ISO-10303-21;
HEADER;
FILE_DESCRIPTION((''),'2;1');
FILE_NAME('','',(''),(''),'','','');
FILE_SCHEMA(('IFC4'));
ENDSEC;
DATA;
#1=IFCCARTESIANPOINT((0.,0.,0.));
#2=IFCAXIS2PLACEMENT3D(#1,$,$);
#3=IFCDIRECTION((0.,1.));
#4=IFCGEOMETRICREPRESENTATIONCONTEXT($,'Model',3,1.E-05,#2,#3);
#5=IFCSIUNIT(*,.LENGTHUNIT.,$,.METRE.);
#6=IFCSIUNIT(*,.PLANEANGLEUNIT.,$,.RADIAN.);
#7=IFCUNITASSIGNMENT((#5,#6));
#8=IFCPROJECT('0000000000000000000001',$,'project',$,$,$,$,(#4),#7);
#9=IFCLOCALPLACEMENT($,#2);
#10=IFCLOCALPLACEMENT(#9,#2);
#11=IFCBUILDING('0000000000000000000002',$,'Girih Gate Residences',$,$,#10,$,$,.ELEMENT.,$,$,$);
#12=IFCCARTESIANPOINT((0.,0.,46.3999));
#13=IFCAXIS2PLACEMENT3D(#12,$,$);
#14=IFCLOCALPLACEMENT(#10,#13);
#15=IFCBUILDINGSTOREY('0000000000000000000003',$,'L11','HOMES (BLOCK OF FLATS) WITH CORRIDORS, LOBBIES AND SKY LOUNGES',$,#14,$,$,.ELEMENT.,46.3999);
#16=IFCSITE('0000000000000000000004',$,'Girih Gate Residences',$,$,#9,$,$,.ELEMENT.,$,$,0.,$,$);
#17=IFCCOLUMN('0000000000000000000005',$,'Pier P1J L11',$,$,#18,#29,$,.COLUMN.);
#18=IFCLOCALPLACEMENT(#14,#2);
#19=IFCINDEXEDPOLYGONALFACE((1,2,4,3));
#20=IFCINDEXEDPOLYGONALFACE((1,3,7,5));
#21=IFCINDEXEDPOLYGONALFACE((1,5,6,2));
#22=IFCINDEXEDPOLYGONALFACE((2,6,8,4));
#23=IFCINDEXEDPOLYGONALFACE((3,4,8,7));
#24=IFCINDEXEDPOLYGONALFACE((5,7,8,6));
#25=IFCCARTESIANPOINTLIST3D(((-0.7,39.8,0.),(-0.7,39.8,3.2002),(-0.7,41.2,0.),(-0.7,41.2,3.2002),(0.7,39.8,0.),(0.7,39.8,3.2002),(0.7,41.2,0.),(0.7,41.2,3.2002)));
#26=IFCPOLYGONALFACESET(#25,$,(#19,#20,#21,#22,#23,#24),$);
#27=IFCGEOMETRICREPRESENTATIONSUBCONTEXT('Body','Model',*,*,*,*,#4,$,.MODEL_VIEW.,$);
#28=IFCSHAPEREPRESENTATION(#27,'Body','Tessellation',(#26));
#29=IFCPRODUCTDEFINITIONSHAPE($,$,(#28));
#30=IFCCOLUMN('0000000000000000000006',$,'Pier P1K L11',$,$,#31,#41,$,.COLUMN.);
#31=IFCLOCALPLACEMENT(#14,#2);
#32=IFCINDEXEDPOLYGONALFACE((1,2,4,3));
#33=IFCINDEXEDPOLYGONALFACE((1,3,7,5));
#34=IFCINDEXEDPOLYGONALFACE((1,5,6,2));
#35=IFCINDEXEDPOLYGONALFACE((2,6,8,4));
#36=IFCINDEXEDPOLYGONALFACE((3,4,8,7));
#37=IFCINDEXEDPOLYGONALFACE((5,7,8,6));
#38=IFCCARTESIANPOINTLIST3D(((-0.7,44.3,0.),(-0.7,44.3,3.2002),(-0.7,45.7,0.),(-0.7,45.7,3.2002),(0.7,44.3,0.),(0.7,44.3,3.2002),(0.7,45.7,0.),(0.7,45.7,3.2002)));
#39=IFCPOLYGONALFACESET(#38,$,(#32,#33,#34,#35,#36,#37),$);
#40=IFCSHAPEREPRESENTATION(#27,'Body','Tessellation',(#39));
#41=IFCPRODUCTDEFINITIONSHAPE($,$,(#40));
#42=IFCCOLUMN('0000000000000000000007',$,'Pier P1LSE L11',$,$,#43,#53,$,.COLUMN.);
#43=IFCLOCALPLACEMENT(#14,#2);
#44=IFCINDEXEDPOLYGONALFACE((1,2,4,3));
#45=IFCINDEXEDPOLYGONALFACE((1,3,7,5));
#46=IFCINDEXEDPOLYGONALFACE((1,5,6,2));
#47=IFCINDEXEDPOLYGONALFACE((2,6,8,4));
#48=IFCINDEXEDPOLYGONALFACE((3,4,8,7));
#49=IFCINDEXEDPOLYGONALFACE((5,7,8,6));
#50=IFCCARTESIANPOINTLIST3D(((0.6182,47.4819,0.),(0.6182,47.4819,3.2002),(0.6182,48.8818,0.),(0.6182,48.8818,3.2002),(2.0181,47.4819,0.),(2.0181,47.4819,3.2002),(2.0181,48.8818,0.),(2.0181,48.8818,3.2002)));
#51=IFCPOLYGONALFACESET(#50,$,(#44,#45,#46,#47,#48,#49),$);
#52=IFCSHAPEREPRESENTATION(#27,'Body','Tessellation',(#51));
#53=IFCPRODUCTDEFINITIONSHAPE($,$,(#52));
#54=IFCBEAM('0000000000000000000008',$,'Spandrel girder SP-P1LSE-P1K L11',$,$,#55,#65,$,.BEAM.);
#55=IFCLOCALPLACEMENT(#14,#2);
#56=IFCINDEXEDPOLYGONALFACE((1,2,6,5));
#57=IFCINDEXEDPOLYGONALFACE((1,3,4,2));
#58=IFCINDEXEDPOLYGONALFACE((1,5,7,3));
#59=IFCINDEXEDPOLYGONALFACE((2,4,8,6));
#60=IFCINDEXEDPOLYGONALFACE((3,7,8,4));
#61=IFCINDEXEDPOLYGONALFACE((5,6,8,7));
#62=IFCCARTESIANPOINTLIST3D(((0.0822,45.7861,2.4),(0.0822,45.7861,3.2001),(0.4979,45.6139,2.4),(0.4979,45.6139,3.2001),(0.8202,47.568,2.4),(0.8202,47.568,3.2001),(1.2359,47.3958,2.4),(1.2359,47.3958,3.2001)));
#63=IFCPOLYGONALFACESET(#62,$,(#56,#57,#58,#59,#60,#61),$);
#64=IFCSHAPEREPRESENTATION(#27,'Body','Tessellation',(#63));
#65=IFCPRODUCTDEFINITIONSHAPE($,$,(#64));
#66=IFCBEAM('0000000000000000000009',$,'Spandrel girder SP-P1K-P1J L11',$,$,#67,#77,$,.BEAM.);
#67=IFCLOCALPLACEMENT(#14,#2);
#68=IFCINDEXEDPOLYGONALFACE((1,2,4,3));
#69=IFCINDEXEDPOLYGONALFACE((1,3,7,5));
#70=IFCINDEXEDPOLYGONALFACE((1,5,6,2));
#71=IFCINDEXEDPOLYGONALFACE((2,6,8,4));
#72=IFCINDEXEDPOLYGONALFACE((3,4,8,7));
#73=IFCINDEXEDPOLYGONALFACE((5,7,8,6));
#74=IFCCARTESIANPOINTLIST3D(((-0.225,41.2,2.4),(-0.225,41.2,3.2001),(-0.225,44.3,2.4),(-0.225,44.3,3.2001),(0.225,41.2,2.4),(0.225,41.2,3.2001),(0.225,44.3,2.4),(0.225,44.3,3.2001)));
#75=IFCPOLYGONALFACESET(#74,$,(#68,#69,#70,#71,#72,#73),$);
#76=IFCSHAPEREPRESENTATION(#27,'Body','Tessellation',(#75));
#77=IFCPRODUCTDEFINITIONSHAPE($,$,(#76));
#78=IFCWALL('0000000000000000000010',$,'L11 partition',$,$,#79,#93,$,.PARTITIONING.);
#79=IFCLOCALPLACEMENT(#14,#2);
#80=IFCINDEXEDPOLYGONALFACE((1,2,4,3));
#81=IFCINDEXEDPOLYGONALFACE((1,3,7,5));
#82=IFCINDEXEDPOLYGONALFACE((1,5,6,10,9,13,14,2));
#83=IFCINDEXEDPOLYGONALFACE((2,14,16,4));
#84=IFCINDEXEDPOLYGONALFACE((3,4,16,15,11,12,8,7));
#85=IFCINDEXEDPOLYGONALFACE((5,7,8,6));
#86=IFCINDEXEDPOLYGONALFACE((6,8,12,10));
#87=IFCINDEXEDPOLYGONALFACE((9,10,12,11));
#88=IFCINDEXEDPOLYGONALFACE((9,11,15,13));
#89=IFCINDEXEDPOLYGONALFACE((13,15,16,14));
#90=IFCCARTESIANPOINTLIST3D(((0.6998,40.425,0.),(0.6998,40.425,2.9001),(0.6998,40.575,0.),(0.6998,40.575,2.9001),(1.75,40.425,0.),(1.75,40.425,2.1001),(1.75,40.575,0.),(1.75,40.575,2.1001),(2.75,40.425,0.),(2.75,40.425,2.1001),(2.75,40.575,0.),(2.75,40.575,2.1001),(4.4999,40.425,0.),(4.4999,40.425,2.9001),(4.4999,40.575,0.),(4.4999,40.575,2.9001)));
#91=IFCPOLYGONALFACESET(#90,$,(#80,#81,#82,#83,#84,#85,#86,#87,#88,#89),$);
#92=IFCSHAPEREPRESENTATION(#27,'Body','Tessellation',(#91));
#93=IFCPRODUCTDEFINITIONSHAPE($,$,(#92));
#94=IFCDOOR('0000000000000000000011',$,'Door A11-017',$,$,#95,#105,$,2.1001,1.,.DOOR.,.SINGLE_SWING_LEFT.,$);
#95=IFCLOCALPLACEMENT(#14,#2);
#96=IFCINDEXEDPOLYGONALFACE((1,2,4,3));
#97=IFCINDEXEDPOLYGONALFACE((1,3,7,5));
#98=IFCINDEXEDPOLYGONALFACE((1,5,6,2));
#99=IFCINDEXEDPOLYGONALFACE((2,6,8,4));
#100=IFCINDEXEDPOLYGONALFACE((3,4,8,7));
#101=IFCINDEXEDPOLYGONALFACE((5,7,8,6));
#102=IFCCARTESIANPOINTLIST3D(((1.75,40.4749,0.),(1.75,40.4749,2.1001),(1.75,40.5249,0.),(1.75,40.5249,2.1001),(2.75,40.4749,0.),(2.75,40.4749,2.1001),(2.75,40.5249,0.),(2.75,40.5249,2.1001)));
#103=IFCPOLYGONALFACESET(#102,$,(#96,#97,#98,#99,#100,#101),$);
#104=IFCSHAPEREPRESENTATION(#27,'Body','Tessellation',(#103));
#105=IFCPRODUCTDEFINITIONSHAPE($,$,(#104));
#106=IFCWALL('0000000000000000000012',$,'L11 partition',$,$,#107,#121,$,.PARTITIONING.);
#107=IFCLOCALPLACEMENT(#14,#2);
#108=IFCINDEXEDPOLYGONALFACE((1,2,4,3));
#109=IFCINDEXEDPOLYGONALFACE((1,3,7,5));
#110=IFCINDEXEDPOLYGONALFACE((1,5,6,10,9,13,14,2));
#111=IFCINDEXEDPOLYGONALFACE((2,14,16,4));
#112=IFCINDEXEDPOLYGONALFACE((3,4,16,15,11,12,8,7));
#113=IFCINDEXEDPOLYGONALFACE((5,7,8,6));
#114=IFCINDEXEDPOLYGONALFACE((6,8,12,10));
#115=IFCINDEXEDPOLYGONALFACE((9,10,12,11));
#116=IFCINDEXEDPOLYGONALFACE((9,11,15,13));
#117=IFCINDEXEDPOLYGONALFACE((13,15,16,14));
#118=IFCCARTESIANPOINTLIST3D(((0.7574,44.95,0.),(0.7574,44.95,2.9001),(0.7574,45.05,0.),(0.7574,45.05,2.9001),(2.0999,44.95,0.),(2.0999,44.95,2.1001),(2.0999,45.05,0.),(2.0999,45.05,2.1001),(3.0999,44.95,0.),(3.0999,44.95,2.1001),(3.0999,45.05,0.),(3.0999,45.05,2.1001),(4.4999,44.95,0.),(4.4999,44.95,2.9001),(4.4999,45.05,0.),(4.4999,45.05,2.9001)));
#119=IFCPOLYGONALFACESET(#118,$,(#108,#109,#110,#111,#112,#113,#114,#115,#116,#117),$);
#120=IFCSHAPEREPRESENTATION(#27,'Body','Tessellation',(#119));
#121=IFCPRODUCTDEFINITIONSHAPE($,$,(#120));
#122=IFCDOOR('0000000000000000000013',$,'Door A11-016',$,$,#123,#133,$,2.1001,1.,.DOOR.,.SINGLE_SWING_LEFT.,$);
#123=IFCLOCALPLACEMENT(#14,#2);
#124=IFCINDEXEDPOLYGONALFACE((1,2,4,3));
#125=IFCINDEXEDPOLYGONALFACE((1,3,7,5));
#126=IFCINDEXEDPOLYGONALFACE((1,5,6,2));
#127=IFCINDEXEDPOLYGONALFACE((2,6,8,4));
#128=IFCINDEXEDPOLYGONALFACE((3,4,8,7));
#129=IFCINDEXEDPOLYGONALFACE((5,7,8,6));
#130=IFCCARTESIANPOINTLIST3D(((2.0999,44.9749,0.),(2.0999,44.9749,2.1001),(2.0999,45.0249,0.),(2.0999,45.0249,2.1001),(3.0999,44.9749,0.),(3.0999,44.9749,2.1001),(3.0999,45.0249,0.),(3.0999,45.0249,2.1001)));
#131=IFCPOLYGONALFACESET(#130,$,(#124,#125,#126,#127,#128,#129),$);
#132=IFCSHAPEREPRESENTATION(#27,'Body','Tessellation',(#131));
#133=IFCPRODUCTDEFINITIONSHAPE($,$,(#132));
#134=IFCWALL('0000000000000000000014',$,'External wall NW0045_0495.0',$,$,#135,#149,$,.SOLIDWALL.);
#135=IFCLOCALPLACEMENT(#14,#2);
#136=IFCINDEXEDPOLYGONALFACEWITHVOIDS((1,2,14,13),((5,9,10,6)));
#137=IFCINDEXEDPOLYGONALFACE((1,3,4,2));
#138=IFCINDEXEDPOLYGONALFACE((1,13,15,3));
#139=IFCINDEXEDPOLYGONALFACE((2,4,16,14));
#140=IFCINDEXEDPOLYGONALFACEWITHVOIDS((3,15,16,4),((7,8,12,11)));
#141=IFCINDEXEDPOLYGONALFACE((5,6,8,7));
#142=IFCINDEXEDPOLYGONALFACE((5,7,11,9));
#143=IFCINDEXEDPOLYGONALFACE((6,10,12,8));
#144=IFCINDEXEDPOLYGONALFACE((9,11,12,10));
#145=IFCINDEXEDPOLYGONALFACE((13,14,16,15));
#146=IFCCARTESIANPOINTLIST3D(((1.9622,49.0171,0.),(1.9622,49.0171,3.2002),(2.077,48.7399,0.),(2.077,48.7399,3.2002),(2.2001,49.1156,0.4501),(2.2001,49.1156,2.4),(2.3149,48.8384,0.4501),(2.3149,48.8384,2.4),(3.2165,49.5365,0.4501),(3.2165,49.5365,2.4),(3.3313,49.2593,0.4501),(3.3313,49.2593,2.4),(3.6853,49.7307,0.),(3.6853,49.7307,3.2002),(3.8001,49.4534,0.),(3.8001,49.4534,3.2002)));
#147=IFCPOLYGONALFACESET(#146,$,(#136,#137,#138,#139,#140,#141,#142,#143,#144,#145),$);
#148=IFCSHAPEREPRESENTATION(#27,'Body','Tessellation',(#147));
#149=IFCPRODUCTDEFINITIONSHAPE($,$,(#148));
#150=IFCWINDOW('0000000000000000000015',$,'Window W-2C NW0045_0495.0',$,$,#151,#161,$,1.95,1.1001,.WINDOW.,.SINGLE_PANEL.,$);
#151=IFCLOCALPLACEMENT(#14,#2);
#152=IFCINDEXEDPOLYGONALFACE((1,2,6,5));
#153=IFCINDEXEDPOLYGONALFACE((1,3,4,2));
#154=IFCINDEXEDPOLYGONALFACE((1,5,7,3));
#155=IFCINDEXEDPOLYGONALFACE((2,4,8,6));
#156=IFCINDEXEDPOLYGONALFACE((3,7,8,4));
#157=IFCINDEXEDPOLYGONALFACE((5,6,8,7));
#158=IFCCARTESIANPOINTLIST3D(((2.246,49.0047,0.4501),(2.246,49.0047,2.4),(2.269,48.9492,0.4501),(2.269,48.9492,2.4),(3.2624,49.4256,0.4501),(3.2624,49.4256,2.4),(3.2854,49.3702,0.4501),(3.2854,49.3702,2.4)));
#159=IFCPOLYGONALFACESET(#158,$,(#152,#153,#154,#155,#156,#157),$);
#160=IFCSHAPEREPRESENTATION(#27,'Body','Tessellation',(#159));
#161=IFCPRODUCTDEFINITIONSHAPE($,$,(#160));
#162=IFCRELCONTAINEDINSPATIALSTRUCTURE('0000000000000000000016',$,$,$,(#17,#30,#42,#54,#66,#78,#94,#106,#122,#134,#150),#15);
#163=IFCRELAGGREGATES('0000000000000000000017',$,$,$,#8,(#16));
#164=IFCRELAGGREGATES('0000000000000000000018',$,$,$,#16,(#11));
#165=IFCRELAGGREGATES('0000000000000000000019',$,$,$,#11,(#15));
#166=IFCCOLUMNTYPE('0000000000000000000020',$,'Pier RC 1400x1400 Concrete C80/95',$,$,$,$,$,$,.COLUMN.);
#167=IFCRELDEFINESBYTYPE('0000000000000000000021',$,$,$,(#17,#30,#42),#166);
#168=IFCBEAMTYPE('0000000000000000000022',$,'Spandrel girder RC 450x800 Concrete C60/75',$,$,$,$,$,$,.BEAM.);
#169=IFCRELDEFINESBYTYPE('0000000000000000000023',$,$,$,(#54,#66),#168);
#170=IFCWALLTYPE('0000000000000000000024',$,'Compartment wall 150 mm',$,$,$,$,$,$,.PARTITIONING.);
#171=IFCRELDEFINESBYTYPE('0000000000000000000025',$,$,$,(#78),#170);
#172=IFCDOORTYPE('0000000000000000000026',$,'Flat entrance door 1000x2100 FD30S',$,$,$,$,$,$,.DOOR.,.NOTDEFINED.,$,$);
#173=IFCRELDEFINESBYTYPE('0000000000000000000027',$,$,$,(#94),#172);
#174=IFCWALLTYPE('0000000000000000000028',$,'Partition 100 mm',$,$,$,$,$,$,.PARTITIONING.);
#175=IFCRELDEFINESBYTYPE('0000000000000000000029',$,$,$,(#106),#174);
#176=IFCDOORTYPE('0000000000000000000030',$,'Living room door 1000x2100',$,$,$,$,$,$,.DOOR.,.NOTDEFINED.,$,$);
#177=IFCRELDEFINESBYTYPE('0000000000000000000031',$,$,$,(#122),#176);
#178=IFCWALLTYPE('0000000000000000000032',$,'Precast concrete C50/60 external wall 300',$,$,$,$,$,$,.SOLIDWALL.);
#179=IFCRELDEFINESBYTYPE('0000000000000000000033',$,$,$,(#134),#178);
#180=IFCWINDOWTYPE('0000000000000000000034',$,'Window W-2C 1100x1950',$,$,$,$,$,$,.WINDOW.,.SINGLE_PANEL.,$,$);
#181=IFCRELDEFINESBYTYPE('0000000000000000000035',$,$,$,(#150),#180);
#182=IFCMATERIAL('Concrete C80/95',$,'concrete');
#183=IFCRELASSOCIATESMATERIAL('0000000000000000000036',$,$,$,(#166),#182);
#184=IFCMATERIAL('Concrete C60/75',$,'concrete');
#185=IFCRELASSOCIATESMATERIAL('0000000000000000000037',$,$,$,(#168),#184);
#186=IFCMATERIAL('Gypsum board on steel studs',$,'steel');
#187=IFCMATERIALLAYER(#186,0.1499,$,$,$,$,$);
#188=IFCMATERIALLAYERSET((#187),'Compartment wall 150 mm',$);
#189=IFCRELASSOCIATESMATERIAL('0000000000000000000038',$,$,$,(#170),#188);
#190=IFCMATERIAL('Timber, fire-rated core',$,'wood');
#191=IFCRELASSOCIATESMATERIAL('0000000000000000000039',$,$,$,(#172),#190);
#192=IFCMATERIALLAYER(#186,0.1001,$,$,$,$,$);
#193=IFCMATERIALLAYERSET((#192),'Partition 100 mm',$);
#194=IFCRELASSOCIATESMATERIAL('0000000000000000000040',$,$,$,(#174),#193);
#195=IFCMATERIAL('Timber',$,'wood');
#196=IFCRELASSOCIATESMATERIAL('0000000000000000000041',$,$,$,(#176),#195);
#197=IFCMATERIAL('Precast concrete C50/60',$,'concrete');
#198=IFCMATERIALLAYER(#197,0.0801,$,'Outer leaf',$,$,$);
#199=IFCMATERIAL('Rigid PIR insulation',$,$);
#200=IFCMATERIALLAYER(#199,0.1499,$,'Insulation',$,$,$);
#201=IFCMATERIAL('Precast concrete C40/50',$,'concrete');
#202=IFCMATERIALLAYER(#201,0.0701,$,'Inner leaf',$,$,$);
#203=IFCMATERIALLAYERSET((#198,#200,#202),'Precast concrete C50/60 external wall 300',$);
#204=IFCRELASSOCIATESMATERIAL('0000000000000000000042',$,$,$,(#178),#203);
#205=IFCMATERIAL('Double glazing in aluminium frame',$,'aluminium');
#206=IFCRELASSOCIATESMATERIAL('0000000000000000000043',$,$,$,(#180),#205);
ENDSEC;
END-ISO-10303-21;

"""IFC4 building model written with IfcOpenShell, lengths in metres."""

from ifc_helpers import new_model, si_unit, direction, frame, frame_2d, origin, origin_2d, place, context, subcontext, project, spatial, rectangle, extrude, material, layer, layer_set, material_profile, profile_set, type_object, element, fill, save


model = new_model("IFC4")

# Units and contexts
model_context = context("Model", 3, precision=1e-05, world=origin(), true_north=direction((0.0, 1.0)))
body_context = subcontext(model_context, "Body", "Model", "MODEL_VIEW")
ifc_project = project(units=[si_unit("LENGTHUNIT", "METRE"), si_unit("PLANEANGLEUNIT", "RADIAN")], contexts=[model_context])

# Site, building, storey
site_placement = place(None, origin())
site = spatial("IfcSite", under=ifc_project, at=site_placement, Name="Girih Gate Residences", CompositionType="ELEMENT", RefElevation=0.0)
building_placement = place(site_placement, origin())
building = spatial("IfcBuilding", under=site, at=building_placement, Name="Girih Gate Residences", CompositionType="ELEMENT")
storey_placement = place(building_placement, frame((0.0, 0.0, 46.3999)))
storey = spatial("IfcBuildingStorey", under=building, at=storey_placement, Name="L11", Description="HOMES (BLOCK OF FLATS) WITH CORRIDORS, LOBBIES AND SKY LOUNGES", CompositionType="ELEMENT", Elevation=46.3999)

# Columns
ifc_material_1 = material(Name="Concrete C80/95", Category="concrete")
ifc_material_profile_1 = material_profile(ifc_material_1, rectangle(XDim=1.3999, YDim=1.3999, at=origin_2d()))
ifc_profile_set_1 = profile_set([ifc_material_profile_1], Name="Concrete C80/95")
column_type = type_object("IfcColumnType", Name="Pier RC 1400x1400 Concrete C80/95", PredefinedType="COLUMN", material=ifc_profile_set_1)
for number, where, z_axis, x_axis, name in (
    (1, (0.0, 40.5, 0.0), (0.0, 0.0, 1.0), (1.0, 0.0, 0.0), "Pier P1J L11"),
    (2, (0.0, 45.0, 0.0), (0.0, 0.0, 1.0), (1.0, 0.0, 0.0), "Pier P1K L11"),
    (3, (1.3181, 48.1819, 0.0), (0.0, 0.0, 1.0), (1.0, 0.0, 0.0), "Pier P1LSE L11"),
):
    element("IfcColumn", number, at=place(storey_placement, frame(where, z_axis=z_axis, x_axis=x_axis)), inside=storey, type_object=column_type, Name=name, PredefinedType="COLUMN", context=body_context, shape_type="SweptSolid", body=[
        extrude(rectangle(XDim=1.3999, YDim=1.3999, at=origin_2d()), origin(), (0.0, 0.0, 1.0), 3.2002),
    ])

# Beams
ifc_material_2 = material(Name="Concrete C60/75", Category="concrete")
ifc_material_profile_2 = material_profile(ifc_material_2, rectangle(XDim=0.45, YDim=0.8, at=origin_2d()))
ifc_profile_set_2 = profile_set([ifc_material_profile_2], Name="Concrete C60/75")
beam_type = type_object("IfcBeamType", Name="Spandrel girder RC 450x800 Concrete C60/75", PredefinedType="BEAM", material=ifc_profile_set_2)
beam_1_placement = place(storey_placement, frame((1.0281, 47.4819, 2.8), z_axis=(-0.382646, -0.923895, 0.0), x_axis=(0.923895, -0.382646, 0.0)))
element("IfcBeam", 4, at=beam_1_placement, inside=storey, type_object=beam_type, Name="Spandrel girder SP-P1LSE-P1K L11", PredefinedType="BEAM", context=body_context, shape_type="SweptSolid", body=[
    extrude(rectangle(XDim=0.45, YDim=0.8, at=origin_2d()), origin(), (0.0, 0.0, 1.0), 1.9287),
])
beam_2_placement = place(storey_placement, frame((0.0, 44.3, 2.8), z_axis=(0.0, -1.0, 0.0), x_axis=(1.0, 0.0, 0.0)))
element("IfcBeam", 5, at=beam_2_placement, inside=storey, type_object=beam_type, Name="Spandrel girder SP-P1K-P1J L11", PredefinedType="BEAM", context=body_context, shape_type="SweptSolid", body=[
    extrude(rectangle(XDim=0.45, YDim=0.8, at=origin_2d()), origin(), (0.0, 0.0, 1.0), 3.1001),
])

# Walls, openings, doors
ifc_material_3 = material(Name="Gypsum board on steel studs", Category="steel")
ifc_layer_1 = layer(ifc_material_3, 0.1499)
ifc_layer_set_1 = layer_set([ifc_layer_1], Name="Compartment wall 150 mm")
wall_type_1 = type_object("IfcWallType", Name="Compartment wall 150 mm", PredefinedType="PARTITIONING", material=ifc_layer_set_1)
wall_1_placement = place(storey_placement, frame((0.7, 40.5, 0.0), z_axis=(0.0, 0.0, 1.0), x_axis=(1.0, 0.0, 0.0)))
wall_1 = element("IfcWall", 6, at=wall_1_placement, inside=storey, type_object=wall_type_1, Name="L11 partition", PredefinedType="PARTITIONING", context=body_context, shape_type="SweptSolid", body=[
    extrude(rectangle(XDim=3.8, YDim=0.1499, at=frame_2d((1.8999, 0.0))), origin(), (0.0, 0.0, 1.0), 2.9001),
])
opening_1_placement = place(wall_1_placement, frame((1.05, 0.0, 0.0)))
opening_1 = element("IfcOpeningElement", 7, at=opening_1_placement, cuts=wall_1, PredefinedType="OPENING", context=body_context, shape_type="SweptSolid", body=[
    extrude(rectangle(XDim=1.0, YDim=2.1001, at=frame_2d((0.5, 1.05))), frame((0.0, 0.085, 0.0), z_axis=(0.0, -1.0, 0.0), x_axis=(1.0, 0.0, 0.0)), (0.0, 0.0, 1.0), 0.1699),
])
ifc_material_4 = material(Name="Timber, fire-rated core", Category="wood")
door_type_1 = type_object("IfcDoorType", Name="Flat entrance door 1000x2100 FD30S", OperationType="NOTDEFINED", PredefinedType="DOOR", material=ifc_material_4)
door_1_placement = place(opening_1_placement, origin())
door_1 = element("IfcDoor", 8, at=door_1_placement, inside=storey, type_object=door_type_1, Name="Door A11-017", OperationType="SINGLE_SWING_LEFT", OverallHeight=2.1001, OverallWidth=1.0, PredefinedType="DOOR", context=body_context, shape_type="SweptSolid", body=[
    extrude(rectangle(XDim=1.0, YDim=2.1001, at=frame_2d((0.5, 1.05))), frame((0.0, 0.0249, 0.0), z_axis=(0.0, -1.0, 0.0), x_axis=(1.0, 0.0, 0.0)), (0.0, 0.0, 1.0), 0.05),
])
fill(opening_1, door_1)
ifc_layer_2 = layer(ifc_material_3, 0.1001)
ifc_layer_set_2 = layer_set([ifc_layer_2], Name="Partition 100 mm")
wall_type_2 = type_object("IfcWallType", Name="Partition 100 mm", PredefinedType="PARTITIONING", material=ifc_layer_set_2)
wall_2_placement = place(storey_placement, frame((0.7576, 45.0, 0.0), z_axis=(0.0, 0.0, 1.0), x_axis=(1.0, 0.0, 0.0)))
wall_2 = element("IfcWall", 9, at=wall_2_placement, inside=storey, type_object=wall_type_2, Name="L11 partition", PredefinedType="PARTITIONING", context=body_context, shape_type="SweptSolid", body=[
    extrude(rectangle(XDim=3.7424, YDim=0.1001, at=frame_2d((1.8711, 0.0))), origin(), (0.0, 0.0, 1.0), 2.9001),
])
opening_2_placement = place(wall_2_placement, frame((1.3423, 0.0, 0.0)))
opening_2 = element("IfcOpeningElement", 10, at=opening_2_placement, cuts=wall_2, PredefinedType="OPENING", context=body_context, shape_type="SweptSolid", body=[
    extrude(rectangle(XDim=1.0, YDim=2.1001, at=frame_2d((0.5, 1.05))), frame((0.0, 0.0601, 0.0), z_axis=(0.0, -1.0, 0.0), x_axis=(1.0, 0.0, 0.0)), (0.0, 0.0, 1.0), 0.1201),
])
ifc_material_5 = material(Name="Timber", Category="wood")
door_type_2 = type_object("IfcDoorType", Name="Living room door 1000x2100", OperationType="NOTDEFINED", PredefinedType="DOOR", material=ifc_material_5)
door_2_placement = place(opening_2_placement, origin())
door_2 = element("IfcDoor", 11, at=door_2_placement, inside=storey, type_object=door_type_2, Name="Door A11-016", OperationType="SINGLE_SWING_LEFT", OverallHeight=2.1001, OverallWidth=1.0, PredefinedType="DOOR", context=body_context, shape_type="SweptSolid", body=[
    extrude(rectangle(XDim=1.0, YDim=2.1001, at=frame_2d((0.5, 1.05))), frame((0.0, 0.0249, 0.0), z_axis=(0.0, -1.0, 0.0), x_axis=(1.0, 0.0, 0.0)), (0.0, 0.0, 1.0), 0.05),
])
fill(opening_2, door_2)

# Wall, opening, window
ifc_material_6 = material(Name="Precast concrete C50/60", Category="concrete")
ifc_layer_3 = layer(ifc_material_6, 0.0801, Name="Outer leaf")
ifc_material_7 = material(Name="Rigid PIR insulation")
ifc_layer_4 = layer(ifc_material_7, 0.1499, Name="Insulation")
ifc_material_8 = material(Name="Precast concrete C40/50", Category="concrete")
ifc_layer_5 = layer(ifc_material_8, 0.0701, Name="Inner leaf")
ifc_layer_set_3 = layer_set([ifc_layer_3, ifc_layer_4, ifc_layer_5], Name="Precast concrete C50/60 external wall 300")
wall_type_3 = type_object("IfcWallType", Name="Precast concrete C50/60 external wall 300", PredefinedType="SOLIDWALL", material=ifc_layer_set_3)
wall_3_placement = place(storey_placement, frame((2.0195, 48.8784, 0.0), z_axis=(0.0, 0.0, 1.0), x_axis=(0.923904, 0.382625, 0.0)))
wall_3 = element("IfcWall", 12, at=wall_3_placement, inside=storey, type_object=wall_type_3, Name="External wall NW0045_0495.0", PredefinedType="SOLIDWALL", context=body_context, shape_type="SweptSolid", body=[
    extrude(rectangle(XDim=1.865, YDim=0.3, at=frame_2d((0.9326, 0.0))), origin(), (0.0, 0.0, 1.0), 3.2002),
])
opening_3_placement = place(wall_3_placement, frame((0.2576, 0.0, 0.45)))
opening_3 = element("IfcOpeningElement", 13, at=opening_3_placement, cuts=wall_3, PredefinedType="OPENING", context=body_context, shape_type="SweptSolid", body=[
    extrude(rectangle(XDim=1.1001, YDim=1.95, at=frame_2d((0.55, 0.9751))), frame((0.0, 0.1599, 0.0), z_axis=(0.0, -1.0, 0.0), x_axis=(1.0, 0.0, 0.0)), (0.0, 0.0, 1.0), 0.3201),
])
ifc_material_9 = material(Name="Double glazing in aluminium frame", Category="aluminium")
window_type_1 = type_object("IfcWindowType", Name="Window W-2C 1100x1950", PartitioningType="SINGLE_PANEL", PredefinedType="WINDOW", material=ifc_material_9)
window_1_placement = place(opening_3_placement, origin())
window_1 = element("IfcWindow", 14, at=window_1_placement, inside=storey, type_object=window_type_1, Name="Window W-2C NW0045_0495.0", OverallHeight=1.95, OverallWidth=1.1001, PartitioningType="SINGLE_PANEL", PredefinedType="WINDOW", context=body_context, shape_type="SweptSolid", body=[
    extrude(rectangle(XDim=1.1001, YDim=1.95, at=frame_2d((0.55, 0.9751))), frame((0.0, 0.03, 0.0), z_axis=(0.0, -1.0, 0.0), x_axis=(1.0, 0.0, 0.0)), (0.0, 0.0, 1.0), 0.0601),
])
fill(opening_3, window_1)

save(model, "model.ifc")
